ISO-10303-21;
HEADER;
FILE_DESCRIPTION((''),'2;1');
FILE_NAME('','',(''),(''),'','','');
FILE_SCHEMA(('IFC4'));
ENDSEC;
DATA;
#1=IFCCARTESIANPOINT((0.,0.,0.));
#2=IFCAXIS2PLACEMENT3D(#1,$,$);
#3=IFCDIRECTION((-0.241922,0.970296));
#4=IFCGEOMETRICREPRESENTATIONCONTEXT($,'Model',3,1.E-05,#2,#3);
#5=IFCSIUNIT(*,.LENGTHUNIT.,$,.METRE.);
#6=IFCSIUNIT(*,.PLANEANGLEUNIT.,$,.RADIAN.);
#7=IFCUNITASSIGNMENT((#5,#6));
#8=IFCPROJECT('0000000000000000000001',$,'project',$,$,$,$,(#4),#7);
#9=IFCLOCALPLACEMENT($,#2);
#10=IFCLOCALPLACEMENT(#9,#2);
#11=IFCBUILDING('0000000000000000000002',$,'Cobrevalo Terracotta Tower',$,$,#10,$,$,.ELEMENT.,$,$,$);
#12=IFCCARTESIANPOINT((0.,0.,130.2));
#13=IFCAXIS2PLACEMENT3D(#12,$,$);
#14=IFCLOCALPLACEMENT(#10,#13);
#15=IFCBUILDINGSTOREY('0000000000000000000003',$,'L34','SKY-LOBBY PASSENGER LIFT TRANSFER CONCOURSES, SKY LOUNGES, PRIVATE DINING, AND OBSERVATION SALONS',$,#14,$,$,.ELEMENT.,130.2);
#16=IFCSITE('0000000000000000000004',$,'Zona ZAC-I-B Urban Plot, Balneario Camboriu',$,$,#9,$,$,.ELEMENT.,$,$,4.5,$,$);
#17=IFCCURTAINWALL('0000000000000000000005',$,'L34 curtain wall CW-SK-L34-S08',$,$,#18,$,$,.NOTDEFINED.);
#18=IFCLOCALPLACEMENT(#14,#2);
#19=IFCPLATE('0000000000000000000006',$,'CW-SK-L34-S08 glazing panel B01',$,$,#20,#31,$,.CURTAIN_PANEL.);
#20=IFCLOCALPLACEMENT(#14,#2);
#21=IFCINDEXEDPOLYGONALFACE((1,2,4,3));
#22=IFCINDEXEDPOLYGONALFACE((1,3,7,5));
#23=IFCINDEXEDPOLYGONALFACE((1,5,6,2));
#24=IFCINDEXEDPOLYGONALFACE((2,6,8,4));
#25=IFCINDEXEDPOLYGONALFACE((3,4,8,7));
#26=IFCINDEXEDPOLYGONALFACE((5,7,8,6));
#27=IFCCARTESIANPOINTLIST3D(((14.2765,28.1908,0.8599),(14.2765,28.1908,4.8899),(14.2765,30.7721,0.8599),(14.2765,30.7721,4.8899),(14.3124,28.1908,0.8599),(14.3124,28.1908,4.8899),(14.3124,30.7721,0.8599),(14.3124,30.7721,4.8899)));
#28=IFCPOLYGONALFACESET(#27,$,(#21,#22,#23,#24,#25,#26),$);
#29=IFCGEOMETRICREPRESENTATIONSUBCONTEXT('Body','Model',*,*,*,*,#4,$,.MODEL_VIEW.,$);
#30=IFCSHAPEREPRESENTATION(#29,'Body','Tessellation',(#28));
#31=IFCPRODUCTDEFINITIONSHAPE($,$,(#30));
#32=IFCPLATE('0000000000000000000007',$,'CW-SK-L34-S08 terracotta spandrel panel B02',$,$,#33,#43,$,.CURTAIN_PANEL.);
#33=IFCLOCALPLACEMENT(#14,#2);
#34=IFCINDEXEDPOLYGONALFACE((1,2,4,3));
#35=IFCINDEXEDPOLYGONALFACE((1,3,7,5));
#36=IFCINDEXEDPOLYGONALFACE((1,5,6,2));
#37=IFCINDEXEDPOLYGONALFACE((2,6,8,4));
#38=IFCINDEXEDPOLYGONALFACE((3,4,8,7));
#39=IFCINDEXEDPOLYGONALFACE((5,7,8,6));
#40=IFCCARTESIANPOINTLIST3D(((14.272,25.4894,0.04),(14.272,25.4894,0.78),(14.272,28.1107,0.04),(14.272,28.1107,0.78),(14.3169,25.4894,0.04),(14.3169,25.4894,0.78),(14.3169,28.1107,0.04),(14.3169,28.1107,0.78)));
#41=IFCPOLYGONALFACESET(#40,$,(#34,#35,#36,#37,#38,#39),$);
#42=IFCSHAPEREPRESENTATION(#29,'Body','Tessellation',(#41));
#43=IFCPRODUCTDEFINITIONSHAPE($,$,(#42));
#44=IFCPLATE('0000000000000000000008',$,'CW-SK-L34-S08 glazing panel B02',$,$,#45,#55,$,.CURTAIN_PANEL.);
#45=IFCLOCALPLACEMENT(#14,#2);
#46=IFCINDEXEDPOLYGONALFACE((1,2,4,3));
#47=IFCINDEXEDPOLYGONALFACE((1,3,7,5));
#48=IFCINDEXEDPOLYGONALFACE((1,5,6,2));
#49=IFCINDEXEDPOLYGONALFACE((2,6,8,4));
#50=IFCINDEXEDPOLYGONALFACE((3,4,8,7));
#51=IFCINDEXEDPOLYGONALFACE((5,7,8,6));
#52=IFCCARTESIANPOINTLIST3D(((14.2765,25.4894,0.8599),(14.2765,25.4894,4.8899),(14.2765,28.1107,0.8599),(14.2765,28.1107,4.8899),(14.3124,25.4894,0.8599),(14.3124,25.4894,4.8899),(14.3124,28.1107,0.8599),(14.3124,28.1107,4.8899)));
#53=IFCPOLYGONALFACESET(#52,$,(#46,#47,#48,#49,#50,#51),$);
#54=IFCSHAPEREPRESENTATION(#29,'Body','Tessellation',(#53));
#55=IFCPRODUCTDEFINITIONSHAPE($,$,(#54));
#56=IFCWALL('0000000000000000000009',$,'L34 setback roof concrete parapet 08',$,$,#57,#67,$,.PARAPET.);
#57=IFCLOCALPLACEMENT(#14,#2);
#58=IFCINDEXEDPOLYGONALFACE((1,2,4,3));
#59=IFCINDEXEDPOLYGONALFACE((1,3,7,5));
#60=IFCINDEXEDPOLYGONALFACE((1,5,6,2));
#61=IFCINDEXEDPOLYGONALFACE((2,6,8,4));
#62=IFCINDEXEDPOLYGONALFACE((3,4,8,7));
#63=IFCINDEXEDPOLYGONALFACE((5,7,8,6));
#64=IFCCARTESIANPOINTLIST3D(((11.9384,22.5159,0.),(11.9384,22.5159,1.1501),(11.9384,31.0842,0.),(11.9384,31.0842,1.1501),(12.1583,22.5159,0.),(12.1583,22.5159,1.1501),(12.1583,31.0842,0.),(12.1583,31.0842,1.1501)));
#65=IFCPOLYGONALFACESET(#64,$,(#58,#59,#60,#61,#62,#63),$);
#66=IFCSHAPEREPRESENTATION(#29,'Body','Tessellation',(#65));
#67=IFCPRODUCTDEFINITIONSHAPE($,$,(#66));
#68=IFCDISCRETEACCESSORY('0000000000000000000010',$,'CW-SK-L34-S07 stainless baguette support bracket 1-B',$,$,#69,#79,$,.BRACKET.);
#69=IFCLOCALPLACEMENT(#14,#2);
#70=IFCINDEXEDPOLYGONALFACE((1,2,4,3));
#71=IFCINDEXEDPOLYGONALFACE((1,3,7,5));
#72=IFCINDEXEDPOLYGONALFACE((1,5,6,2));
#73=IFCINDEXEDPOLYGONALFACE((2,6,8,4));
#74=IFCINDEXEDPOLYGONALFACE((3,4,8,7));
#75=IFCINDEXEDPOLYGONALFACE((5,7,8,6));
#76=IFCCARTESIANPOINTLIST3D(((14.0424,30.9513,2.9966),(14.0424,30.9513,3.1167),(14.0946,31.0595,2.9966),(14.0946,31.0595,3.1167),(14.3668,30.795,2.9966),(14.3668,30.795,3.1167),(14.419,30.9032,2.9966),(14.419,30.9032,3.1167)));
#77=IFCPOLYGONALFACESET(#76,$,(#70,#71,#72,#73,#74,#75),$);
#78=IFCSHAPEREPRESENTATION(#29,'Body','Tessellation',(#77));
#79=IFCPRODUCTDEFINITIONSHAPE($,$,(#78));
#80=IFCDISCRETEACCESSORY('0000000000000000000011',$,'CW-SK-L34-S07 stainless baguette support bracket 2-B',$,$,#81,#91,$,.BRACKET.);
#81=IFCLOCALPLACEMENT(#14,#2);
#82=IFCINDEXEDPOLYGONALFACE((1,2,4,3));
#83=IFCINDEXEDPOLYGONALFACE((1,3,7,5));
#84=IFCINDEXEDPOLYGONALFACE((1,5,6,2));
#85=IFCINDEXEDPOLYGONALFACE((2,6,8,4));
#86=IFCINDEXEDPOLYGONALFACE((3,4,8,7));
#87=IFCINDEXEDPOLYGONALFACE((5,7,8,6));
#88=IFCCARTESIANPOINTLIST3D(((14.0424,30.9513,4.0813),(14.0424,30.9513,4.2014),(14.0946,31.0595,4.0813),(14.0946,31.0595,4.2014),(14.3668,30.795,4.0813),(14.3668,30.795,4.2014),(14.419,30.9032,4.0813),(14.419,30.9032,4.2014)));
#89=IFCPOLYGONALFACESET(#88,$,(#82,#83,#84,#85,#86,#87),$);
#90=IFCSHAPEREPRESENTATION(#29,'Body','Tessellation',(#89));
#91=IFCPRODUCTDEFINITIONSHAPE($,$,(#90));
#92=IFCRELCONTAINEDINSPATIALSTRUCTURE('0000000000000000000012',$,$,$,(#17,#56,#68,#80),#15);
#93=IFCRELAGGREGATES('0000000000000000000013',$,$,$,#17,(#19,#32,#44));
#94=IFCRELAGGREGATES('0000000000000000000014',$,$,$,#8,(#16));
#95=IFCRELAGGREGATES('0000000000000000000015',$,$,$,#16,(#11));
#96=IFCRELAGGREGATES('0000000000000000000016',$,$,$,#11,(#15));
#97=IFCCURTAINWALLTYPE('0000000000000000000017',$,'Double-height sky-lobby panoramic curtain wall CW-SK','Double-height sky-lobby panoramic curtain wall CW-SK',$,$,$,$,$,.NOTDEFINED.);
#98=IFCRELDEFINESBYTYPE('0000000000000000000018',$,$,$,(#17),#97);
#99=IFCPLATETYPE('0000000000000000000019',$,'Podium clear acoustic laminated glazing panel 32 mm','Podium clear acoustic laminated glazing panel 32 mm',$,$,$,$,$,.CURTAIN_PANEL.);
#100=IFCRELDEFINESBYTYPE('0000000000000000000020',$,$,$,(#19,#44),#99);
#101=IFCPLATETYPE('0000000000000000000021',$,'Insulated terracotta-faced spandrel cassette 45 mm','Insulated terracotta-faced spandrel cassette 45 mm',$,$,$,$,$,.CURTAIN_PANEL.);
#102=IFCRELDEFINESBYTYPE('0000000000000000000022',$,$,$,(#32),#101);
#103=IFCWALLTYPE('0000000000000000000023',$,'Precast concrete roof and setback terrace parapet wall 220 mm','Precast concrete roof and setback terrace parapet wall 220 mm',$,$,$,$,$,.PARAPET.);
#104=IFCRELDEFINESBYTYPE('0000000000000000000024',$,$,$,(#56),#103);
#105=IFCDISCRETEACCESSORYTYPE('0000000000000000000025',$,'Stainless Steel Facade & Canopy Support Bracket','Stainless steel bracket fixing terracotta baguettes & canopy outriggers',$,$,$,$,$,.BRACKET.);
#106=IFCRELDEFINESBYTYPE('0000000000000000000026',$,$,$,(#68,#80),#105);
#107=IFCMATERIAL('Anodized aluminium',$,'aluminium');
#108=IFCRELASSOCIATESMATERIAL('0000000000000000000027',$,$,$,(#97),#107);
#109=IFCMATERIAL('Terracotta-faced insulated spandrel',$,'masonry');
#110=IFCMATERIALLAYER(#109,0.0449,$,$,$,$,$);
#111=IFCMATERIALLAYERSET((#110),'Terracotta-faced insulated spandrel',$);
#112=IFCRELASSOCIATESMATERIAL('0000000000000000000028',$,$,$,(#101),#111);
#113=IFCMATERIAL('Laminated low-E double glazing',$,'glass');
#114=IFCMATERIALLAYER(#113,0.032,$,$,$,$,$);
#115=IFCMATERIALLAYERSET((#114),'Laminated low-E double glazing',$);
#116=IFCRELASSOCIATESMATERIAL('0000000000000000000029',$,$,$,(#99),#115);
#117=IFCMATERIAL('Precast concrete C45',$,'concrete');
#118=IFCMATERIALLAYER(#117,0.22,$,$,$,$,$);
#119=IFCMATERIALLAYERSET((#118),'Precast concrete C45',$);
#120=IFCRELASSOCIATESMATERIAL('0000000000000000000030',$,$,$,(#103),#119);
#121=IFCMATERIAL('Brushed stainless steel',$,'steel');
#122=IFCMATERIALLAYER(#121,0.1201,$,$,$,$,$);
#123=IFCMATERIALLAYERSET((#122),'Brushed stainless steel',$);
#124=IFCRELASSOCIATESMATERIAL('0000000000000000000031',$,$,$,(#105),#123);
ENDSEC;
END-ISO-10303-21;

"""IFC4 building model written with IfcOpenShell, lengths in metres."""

from ifc_helpers import new_model, si_unit, direction, frame, frame_2d, origin, origin_2d, place, context, subcontext, project, spatial, rectangle, extrude, source, transform, mapped, material, layer, layer_set, type_object, element, aggregate, save


model = new_model("IFC4")

# Units and contexts
model_context = context("Model", 3, precision=1e-05, world=origin(), true_north=direction((-0.241922, 0.970296)))
body_context = subcontext(model_context, "Body", "Model", "MODEL_VIEW")
ifc_project = project(units=[si_unit("LENGTHUNIT", "METRE"), si_unit("PLANEANGLEUNIT", "RADIAN")], contexts=[model_context])

# Site, building, storey
site_placement = place(None, origin())
site = spatial("IfcSite", under=ifc_project, at=site_placement, Name="Zona ZAC-I-B Urban Plot, Balneario Camboriu", CompositionType="ELEMENT", RefElevation=4.5)
building_placement = place(site_placement, origin())
building = spatial("IfcBuilding", under=site, at=building_placement, Name="Cobrevalo Terracotta Tower", CompositionType="ELEMENT")
storey_placement = place(building_placement, frame((0.0, 0.0, 130.2)))
storey = spatial("IfcBuildingStorey", under=building, at=storey_placement, Name="L34", Description="SKY-LOBBY PASSENGER LIFT TRANSFER CONCOURSES, SKY LOUNGES, PRIVATE DINING, AND OBSERVATION SALONS", CompositionType="ELEMENT", Elevation=130.2)

# Curtain wall
ifc_material_1 = material(Name="Anodized aluminium", Category="aluminium")
curtain_wall_type = type_object("IfcCurtainWallType", Name="Double-height sky-lobby panoramic curtain wall CW-SK", Description="Double-height sky-lobby panoramic curtain wall CW-SK", PredefinedType="NOTDEFINED", material=ifc_material_1)
curtain_wall_1_placement = place(storey_placement, origin())
curtain_wall_1 = element("IfcCurtainWall", 1, at=curtain_wall_1_placement, inside=storey, type_object=curtain_wall_type, Name="L34 curtain wall CW-SK-L34-S08", PredefinedType="NOTDEFINED")

# Plates
ifc_material_2 = material(Name="Terracotta-faced insulated spandrel", Category="masonry")
ifc_layer_1 = layer(ifc_material_2, 0.0449)
ifc_layer_set_1 = layer_set([ifc_layer_1], Name="Terracotta-faced insulated spandrel")
plate_type_1 = type_object("IfcPlateType", Name="Insulated terracotta-faced spandrel cassette 45 mm", Description="Insulated terracotta-faced spandrel cassette 45 mm", PredefinedType="CURTAIN_PANEL", material=ifc_layer_set_1)
ifc_material_3 = material(Name="Laminated low-E double glazing", Category="glass")
ifc_layer_2 = layer(ifc_material_3, 0.032)
ifc_layer_set_2 = layer_set([ifc_layer_2], Name="Laminated low-E double glazing")
plate_type_2 = type_object("IfcPlateType", Name="Podium clear acoustic laminated glazing panel 32 mm", Description="Podium clear acoustic laminated glazing panel 32 mm", PredefinedType="CURTAIN_PANEL", material=ifc_layer_set_2)
shared_shape_1 = source(origin(), body_context, "Body", "SweptSolid", [
    extrude(rectangle(XDim=2.5813, YDim=0.0359, at=origin_2d()), origin(), (0.0, 0.0, 1.0), 4.03),
])
plate_1_placement = place(storey_placement, frame((14.2944, 29.4814, 0.8599), z_axis=(0.0, 0.0, 1.0), x_axis=(0.0, -1.0, 0.0)))
plate_1 = element("IfcPlate", 2, at=plate_1_placement, type_object=plate_type_2, Name="CW-SK-L34-S08 glazing panel B01", PredefinedType="CURTAIN_PANEL", context=body_context, shape_type="MappedRepresentation", body=[
    mapped(shared_shape_1, transform((0.0, 0.0, 0.0), scale=1.0)),
])
shared_shape_2 = source(origin(), body_context, "Body", "SweptSolid", [
    extrude(rectangle(XDim=2.6213, YDim=0.0449, at=origin_2d()), origin(), (0.0, 0.0, 1.0), 0.74),
])
plate_2_placement = place(storey_placement, frame((14.2944, 26.8, 0.04), z_axis=(0.0, 0.0, 1.0), x_axis=(0.0, -1.0, 0.0)))
plate_2 = element("IfcPlate", 3, at=plate_2_placement, type_object=plate_type_1, Name="CW-SK-L34-S08 terracotta spandrel panel B02", PredefinedType="CURTAIN_PANEL", context=body_context, shape_type="MappedRepresentation", body=[
    mapped(shared_shape_2, transform((0.0, 0.0, 0.0), scale=1.0)),
])
shared_shape_3 = source(origin(), body_context, "Body", "SweptSolid", [
    extrude(rectangle(XDim=2.6213, YDim=0.0359, at=origin_2d()), origin(), (0.0, 0.0, 1.0), 4.03),
])
plate_3_placement = place(storey_placement, frame((14.2944, 26.8, 0.8599), z_axis=(0.0, 0.0, 1.0), x_axis=(0.0, -1.0, 0.0)))
plate_3 = element("IfcPlate", 4, at=plate_3_placement, type_object=plate_type_2, Name="CW-SK-L34-S08 glazing panel B02", PredefinedType="CURTAIN_PANEL", context=body_context, shape_type="MappedRepresentation", body=[
    mapped(shared_shape_3, transform((0.0, 0.0, 0.0), scale=1.0)),
])
aggregate(curtain_wall_1, [plate_1, plate_2, plate_3])

# Wall
ifc_material_4 = material(Name="Precast concrete C45", Category="concrete")
ifc_layer_3 = layer(ifc_material_4, 0.22)
ifc_layer_set_3 = layer_set([ifc_layer_3], Name="Precast concrete C45")
wall_type = type_object("IfcWallType", Name="Precast concrete roof and setback terrace parapet wall 220 mm", Description="Precast concrete roof and setback terrace parapet wall 220 mm", PredefinedType="PARAPET", material=ifc_layer_set_3)
wall_placement = place(storey_placement, frame((12.0483, 31.0842, 0.0), z_axis=(0.0, 0.0, 1.0), x_axis=(0.0, -1.0, 0.0)))
element("IfcWall", 5, at=wall_placement, inside=storey, type_object=wall_type, Name="L34 setback roof concrete parapet 08", PredefinedType="PARAPET", context=body_context, shape_type="SweptSolid", body=[
    extrude(rectangle(XDim=8.5684, YDim=0.22, at=frame_2d((4.2842, 0.0))), origin(), (0.0, 0.0, 1.0), 1.1501),
])

# Discrete accessories
ifc_material_5 = material(Name="Brushed stainless steel", Category="steel")
ifc_layer_4 = layer(ifc_material_5, 0.1201)
ifc_layer_set_4 = layer_set([ifc_layer_4], Name="Brushed stainless steel")
discrete_accessory_type = type_object("IfcDiscreteAccessoryType", Name="Stainless Steel Facade & Canopy Support Bracket", Description="Stainless steel bracket fixing terracotta baguettes & canopy outriggers", PredefinedType="BRACKET", material=ifc_layer_set_4)
shared_shape_4 = source(origin(), body_context, "Body", "SweptSolid", [
    extrude(rectangle(XDim=0.1201, YDim=0.3601, at=origin_2d()), origin(), (0.0, 0.0, 1.0), 0.1201),
])
for number, where, z_axis, x_axis, name in (
    (6, (14.2307, 30.9272, 2.9966), (0.0, 0.0, 1.0), (-0.434209, -0.900812, 0.0), "CW-SK-L34-S07 stainless baguette support bracket 1-B"),
    (7, (14.2307, 30.9272, 4.0813), (0.0, 0.0, 1.0), (-0.434209, -0.900812, 0.0), "CW-SK-L34-S07 stainless baguette support bracket 2-B"),
):
    element("IfcDiscreteAccessory", number, at=place(storey_placement, frame(where, z_axis=z_axis, x_axis=x_axis)), inside=storey, type_object=discrete_accessory_type, Name=name, PredefinedType="BRACKET", context=body_context, shape_type="MappedRepresentation", body=[
        mapped(shared_shape_4, transform((0.0, 0.0, 0.0), scale=1.0)),
    ])

save(model, "model.ifc")
